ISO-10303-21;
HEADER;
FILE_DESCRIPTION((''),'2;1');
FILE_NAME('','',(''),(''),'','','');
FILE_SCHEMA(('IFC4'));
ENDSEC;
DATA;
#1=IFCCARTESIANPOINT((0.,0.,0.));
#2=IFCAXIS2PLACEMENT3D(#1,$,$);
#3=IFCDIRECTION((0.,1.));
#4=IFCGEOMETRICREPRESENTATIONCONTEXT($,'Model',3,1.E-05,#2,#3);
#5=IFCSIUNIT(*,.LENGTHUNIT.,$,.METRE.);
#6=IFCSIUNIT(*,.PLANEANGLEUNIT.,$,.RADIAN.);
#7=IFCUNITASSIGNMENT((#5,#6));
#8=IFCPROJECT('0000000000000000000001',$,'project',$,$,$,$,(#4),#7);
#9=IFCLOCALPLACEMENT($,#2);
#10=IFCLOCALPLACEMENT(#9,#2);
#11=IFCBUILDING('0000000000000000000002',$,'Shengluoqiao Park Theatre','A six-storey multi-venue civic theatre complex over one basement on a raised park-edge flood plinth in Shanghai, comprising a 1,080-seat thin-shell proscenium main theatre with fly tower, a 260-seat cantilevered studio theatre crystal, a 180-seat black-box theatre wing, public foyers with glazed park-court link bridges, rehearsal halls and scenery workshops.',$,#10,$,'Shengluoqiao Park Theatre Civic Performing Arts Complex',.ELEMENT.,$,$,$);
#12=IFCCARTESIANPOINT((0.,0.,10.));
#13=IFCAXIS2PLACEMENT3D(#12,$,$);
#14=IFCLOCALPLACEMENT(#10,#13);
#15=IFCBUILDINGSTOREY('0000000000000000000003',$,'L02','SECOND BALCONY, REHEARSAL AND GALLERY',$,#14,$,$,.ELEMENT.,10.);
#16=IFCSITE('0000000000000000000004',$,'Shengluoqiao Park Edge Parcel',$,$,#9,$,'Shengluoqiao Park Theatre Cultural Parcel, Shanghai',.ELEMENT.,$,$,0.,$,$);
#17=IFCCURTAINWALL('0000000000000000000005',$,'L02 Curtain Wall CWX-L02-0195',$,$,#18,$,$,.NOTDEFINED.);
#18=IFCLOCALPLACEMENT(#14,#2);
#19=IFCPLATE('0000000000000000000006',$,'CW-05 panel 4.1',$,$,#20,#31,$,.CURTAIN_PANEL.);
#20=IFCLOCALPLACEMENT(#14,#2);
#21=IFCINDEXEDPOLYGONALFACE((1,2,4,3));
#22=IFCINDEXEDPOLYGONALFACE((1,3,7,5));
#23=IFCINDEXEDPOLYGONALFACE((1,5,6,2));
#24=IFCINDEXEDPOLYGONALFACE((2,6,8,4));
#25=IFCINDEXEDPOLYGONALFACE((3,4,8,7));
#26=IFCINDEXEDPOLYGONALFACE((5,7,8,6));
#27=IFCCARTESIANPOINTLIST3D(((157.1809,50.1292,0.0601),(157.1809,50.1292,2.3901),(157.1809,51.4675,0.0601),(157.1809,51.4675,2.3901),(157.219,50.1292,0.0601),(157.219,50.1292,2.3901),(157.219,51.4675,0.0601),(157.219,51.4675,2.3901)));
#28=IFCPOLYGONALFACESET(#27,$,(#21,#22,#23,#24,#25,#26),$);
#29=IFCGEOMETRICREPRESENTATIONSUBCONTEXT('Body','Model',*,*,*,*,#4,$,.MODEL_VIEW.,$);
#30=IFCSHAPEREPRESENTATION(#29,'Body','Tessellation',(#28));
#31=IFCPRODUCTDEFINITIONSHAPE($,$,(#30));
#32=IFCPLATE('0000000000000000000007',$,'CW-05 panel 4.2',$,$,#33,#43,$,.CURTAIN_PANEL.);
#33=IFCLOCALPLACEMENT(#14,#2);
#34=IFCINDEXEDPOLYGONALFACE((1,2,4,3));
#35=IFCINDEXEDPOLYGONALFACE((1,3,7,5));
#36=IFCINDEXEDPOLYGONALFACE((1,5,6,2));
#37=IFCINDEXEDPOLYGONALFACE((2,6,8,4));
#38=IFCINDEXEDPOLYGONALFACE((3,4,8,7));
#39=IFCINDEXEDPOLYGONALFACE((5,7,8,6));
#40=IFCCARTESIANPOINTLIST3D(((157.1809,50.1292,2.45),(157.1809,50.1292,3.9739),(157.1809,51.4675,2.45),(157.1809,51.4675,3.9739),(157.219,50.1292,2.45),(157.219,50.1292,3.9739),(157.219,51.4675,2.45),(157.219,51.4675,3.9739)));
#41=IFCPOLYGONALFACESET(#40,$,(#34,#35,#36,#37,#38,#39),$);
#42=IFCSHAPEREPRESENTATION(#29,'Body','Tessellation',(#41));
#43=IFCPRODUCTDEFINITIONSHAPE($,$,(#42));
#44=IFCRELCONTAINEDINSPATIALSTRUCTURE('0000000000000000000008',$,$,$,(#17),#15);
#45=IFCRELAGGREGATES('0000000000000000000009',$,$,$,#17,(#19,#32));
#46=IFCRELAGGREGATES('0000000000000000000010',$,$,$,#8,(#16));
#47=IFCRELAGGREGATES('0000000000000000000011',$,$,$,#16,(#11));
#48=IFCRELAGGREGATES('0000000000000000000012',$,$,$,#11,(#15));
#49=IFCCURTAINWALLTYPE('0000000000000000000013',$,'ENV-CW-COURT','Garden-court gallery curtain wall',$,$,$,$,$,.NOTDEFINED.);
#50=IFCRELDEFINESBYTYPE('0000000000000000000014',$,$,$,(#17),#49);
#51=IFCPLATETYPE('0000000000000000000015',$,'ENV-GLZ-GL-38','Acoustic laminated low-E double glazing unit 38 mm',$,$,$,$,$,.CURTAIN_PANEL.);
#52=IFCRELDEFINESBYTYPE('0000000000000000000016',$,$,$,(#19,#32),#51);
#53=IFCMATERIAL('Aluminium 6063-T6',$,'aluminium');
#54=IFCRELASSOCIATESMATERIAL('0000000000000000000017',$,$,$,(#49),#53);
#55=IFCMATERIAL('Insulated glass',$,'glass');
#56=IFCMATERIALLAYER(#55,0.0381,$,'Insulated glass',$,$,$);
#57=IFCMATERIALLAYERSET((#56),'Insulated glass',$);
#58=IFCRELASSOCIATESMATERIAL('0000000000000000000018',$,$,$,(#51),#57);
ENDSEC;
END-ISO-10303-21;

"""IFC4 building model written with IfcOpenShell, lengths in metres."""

from ifc_helpers import new_model, si_unit, direction, frame, origin, origin_2d, place, context, subcontext, project, spatial, rectangle, extrude, material, layer, layer_set, type_object, element, aggregate, save


model = new_model("IFC4")

# Units and contexts
model_context = context("Model", 3, precision=1e-05, world=origin(), true_north=direction((0.0, 1.0)))
body_context = subcontext(model_context, "Body", "Model", "MODEL_VIEW")
ifc_project = project(units=[si_unit("LENGTHUNIT", "METRE"), si_unit("PLANEANGLEUNIT", "RADIAN")], contexts=[model_context])

# Site, building, storey
site_placement = place(None, origin())
site = spatial("IfcSite", under=ifc_project, at=site_placement, Name="Shengluoqiao Park Edge Parcel", LongName="Shengluoqiao Park Theatre Cultural Parcel, Shanghai", CompositionType="ELEMENT", RefElevation=0.0)
building_placement = place(site_placement, origin())
building = spatial("IfcBuilding", under=site, at=building_placement, Name="Shengluoqiao Park Theatre", Description="A six-storey multi-venue civic theatre complex over one basement on a raised park-edge flood plinth in Shanghai, comprising a 1,080-seat thin-shell proscenium main theatre with fly tower, a 260-seat cantilevered studio theatre crystal, a 180-seat black-box theatre wing, public foyers with glazed park-court link bridges, rehearsal halls and scenery workshops.", LongName="Shengluoqiao Park Theatre Civic Performing Arts Complex", CompositionType="ELEMENT")
storey_placement = place(building_placement, frame((0.0, 0.0, 10.0)))
storey = spatial("IfcBuildingStorey", under=building, at=storey_placement, Name="L02", Description="SECOND BALCONY, REHEARSAL AND GALLERY", CompositionType="ELEMENT", Elevation=10.0)

# Curtain wall
ifc_material_1 = material(Name="Aluminium 6063-T6", Category="aluminium")
curtain_wall_type = type_object("IfcCurtainWallType", Name="ENV-CW-COURT", Description="Garden-court gallery curtain wall", PredefinedType="NOTDEFINED", material=ifc_material_1)
curtain_wall_placement = place(storey_placement, origin())
curtain_wall = element("IfcCurtainWall", 1, at=curtain_wall_placement, inside=storey, type_object=curtain_wall_type, Name="L02 Curtain Wall CWX-L02-0195", PredefinedType="NOTDEFINED")

# Plates
ifc_material_2 = material(Name="Insulated glass", Category="glass")
ifc_layer = layer(ifc_material_2, 0.0381, Name="Insulated glass")
ifc_layer_set = layer_set([ifc_layer], Name="Insulated glass")
plate_type = type_object("IfcPlateType", Name="ENV-GLZ-GL-38", Description="Acoustic laminated low-E double glazing unit 38 mm", PredefinedType="CURTAIN_PANEL", material=ifc_layer_set)
plate_1_placement = place(storey_placement, frame((157.2, 50.7983, 0.0601), z_axis=(0.0, 0.0, 1.0), x_axis=(0.0, 1.0, 0.0)))
plate_1 = element("IfcPlate", 2, at=plate_1_placement, type_object=plate_type, Name="CW-05 panel 4.1", PredefinedType="CURTAIN_PANEL", context=body_context, shape_type="SweptSolid", body=[
    extrude(rectangle(XDim=1.3384, YDim=0.0381, at=origin_2d()), origin(), (0.0, 0.0, 1.0), 2.3301),
])
plate_2_placement = place(storey_placement, frame((157.2, 50.7983, 2.45), z_axis=(0.0, 0.0, 1.0), x_axis=(0.0, 1.0, 0.0)))
plate_2 = element("IfcPlate", 3, at=plate_2_placement, type_object=plate_type, Name="CW-05 panel 4.2", PredefinedType="CURTAIN_PANEL", context=body_context, shape_type="SweptSolid", body=[
    extrude(rectangle(XDim=1.3384, YDim=0.0381, at=origin_2d()), origin(), (0.0, 0.0, 1.0), 1.5239),
])
aggregate(curtain_wall, [plate_1, plate_2])

save(model, "model.ifc")
